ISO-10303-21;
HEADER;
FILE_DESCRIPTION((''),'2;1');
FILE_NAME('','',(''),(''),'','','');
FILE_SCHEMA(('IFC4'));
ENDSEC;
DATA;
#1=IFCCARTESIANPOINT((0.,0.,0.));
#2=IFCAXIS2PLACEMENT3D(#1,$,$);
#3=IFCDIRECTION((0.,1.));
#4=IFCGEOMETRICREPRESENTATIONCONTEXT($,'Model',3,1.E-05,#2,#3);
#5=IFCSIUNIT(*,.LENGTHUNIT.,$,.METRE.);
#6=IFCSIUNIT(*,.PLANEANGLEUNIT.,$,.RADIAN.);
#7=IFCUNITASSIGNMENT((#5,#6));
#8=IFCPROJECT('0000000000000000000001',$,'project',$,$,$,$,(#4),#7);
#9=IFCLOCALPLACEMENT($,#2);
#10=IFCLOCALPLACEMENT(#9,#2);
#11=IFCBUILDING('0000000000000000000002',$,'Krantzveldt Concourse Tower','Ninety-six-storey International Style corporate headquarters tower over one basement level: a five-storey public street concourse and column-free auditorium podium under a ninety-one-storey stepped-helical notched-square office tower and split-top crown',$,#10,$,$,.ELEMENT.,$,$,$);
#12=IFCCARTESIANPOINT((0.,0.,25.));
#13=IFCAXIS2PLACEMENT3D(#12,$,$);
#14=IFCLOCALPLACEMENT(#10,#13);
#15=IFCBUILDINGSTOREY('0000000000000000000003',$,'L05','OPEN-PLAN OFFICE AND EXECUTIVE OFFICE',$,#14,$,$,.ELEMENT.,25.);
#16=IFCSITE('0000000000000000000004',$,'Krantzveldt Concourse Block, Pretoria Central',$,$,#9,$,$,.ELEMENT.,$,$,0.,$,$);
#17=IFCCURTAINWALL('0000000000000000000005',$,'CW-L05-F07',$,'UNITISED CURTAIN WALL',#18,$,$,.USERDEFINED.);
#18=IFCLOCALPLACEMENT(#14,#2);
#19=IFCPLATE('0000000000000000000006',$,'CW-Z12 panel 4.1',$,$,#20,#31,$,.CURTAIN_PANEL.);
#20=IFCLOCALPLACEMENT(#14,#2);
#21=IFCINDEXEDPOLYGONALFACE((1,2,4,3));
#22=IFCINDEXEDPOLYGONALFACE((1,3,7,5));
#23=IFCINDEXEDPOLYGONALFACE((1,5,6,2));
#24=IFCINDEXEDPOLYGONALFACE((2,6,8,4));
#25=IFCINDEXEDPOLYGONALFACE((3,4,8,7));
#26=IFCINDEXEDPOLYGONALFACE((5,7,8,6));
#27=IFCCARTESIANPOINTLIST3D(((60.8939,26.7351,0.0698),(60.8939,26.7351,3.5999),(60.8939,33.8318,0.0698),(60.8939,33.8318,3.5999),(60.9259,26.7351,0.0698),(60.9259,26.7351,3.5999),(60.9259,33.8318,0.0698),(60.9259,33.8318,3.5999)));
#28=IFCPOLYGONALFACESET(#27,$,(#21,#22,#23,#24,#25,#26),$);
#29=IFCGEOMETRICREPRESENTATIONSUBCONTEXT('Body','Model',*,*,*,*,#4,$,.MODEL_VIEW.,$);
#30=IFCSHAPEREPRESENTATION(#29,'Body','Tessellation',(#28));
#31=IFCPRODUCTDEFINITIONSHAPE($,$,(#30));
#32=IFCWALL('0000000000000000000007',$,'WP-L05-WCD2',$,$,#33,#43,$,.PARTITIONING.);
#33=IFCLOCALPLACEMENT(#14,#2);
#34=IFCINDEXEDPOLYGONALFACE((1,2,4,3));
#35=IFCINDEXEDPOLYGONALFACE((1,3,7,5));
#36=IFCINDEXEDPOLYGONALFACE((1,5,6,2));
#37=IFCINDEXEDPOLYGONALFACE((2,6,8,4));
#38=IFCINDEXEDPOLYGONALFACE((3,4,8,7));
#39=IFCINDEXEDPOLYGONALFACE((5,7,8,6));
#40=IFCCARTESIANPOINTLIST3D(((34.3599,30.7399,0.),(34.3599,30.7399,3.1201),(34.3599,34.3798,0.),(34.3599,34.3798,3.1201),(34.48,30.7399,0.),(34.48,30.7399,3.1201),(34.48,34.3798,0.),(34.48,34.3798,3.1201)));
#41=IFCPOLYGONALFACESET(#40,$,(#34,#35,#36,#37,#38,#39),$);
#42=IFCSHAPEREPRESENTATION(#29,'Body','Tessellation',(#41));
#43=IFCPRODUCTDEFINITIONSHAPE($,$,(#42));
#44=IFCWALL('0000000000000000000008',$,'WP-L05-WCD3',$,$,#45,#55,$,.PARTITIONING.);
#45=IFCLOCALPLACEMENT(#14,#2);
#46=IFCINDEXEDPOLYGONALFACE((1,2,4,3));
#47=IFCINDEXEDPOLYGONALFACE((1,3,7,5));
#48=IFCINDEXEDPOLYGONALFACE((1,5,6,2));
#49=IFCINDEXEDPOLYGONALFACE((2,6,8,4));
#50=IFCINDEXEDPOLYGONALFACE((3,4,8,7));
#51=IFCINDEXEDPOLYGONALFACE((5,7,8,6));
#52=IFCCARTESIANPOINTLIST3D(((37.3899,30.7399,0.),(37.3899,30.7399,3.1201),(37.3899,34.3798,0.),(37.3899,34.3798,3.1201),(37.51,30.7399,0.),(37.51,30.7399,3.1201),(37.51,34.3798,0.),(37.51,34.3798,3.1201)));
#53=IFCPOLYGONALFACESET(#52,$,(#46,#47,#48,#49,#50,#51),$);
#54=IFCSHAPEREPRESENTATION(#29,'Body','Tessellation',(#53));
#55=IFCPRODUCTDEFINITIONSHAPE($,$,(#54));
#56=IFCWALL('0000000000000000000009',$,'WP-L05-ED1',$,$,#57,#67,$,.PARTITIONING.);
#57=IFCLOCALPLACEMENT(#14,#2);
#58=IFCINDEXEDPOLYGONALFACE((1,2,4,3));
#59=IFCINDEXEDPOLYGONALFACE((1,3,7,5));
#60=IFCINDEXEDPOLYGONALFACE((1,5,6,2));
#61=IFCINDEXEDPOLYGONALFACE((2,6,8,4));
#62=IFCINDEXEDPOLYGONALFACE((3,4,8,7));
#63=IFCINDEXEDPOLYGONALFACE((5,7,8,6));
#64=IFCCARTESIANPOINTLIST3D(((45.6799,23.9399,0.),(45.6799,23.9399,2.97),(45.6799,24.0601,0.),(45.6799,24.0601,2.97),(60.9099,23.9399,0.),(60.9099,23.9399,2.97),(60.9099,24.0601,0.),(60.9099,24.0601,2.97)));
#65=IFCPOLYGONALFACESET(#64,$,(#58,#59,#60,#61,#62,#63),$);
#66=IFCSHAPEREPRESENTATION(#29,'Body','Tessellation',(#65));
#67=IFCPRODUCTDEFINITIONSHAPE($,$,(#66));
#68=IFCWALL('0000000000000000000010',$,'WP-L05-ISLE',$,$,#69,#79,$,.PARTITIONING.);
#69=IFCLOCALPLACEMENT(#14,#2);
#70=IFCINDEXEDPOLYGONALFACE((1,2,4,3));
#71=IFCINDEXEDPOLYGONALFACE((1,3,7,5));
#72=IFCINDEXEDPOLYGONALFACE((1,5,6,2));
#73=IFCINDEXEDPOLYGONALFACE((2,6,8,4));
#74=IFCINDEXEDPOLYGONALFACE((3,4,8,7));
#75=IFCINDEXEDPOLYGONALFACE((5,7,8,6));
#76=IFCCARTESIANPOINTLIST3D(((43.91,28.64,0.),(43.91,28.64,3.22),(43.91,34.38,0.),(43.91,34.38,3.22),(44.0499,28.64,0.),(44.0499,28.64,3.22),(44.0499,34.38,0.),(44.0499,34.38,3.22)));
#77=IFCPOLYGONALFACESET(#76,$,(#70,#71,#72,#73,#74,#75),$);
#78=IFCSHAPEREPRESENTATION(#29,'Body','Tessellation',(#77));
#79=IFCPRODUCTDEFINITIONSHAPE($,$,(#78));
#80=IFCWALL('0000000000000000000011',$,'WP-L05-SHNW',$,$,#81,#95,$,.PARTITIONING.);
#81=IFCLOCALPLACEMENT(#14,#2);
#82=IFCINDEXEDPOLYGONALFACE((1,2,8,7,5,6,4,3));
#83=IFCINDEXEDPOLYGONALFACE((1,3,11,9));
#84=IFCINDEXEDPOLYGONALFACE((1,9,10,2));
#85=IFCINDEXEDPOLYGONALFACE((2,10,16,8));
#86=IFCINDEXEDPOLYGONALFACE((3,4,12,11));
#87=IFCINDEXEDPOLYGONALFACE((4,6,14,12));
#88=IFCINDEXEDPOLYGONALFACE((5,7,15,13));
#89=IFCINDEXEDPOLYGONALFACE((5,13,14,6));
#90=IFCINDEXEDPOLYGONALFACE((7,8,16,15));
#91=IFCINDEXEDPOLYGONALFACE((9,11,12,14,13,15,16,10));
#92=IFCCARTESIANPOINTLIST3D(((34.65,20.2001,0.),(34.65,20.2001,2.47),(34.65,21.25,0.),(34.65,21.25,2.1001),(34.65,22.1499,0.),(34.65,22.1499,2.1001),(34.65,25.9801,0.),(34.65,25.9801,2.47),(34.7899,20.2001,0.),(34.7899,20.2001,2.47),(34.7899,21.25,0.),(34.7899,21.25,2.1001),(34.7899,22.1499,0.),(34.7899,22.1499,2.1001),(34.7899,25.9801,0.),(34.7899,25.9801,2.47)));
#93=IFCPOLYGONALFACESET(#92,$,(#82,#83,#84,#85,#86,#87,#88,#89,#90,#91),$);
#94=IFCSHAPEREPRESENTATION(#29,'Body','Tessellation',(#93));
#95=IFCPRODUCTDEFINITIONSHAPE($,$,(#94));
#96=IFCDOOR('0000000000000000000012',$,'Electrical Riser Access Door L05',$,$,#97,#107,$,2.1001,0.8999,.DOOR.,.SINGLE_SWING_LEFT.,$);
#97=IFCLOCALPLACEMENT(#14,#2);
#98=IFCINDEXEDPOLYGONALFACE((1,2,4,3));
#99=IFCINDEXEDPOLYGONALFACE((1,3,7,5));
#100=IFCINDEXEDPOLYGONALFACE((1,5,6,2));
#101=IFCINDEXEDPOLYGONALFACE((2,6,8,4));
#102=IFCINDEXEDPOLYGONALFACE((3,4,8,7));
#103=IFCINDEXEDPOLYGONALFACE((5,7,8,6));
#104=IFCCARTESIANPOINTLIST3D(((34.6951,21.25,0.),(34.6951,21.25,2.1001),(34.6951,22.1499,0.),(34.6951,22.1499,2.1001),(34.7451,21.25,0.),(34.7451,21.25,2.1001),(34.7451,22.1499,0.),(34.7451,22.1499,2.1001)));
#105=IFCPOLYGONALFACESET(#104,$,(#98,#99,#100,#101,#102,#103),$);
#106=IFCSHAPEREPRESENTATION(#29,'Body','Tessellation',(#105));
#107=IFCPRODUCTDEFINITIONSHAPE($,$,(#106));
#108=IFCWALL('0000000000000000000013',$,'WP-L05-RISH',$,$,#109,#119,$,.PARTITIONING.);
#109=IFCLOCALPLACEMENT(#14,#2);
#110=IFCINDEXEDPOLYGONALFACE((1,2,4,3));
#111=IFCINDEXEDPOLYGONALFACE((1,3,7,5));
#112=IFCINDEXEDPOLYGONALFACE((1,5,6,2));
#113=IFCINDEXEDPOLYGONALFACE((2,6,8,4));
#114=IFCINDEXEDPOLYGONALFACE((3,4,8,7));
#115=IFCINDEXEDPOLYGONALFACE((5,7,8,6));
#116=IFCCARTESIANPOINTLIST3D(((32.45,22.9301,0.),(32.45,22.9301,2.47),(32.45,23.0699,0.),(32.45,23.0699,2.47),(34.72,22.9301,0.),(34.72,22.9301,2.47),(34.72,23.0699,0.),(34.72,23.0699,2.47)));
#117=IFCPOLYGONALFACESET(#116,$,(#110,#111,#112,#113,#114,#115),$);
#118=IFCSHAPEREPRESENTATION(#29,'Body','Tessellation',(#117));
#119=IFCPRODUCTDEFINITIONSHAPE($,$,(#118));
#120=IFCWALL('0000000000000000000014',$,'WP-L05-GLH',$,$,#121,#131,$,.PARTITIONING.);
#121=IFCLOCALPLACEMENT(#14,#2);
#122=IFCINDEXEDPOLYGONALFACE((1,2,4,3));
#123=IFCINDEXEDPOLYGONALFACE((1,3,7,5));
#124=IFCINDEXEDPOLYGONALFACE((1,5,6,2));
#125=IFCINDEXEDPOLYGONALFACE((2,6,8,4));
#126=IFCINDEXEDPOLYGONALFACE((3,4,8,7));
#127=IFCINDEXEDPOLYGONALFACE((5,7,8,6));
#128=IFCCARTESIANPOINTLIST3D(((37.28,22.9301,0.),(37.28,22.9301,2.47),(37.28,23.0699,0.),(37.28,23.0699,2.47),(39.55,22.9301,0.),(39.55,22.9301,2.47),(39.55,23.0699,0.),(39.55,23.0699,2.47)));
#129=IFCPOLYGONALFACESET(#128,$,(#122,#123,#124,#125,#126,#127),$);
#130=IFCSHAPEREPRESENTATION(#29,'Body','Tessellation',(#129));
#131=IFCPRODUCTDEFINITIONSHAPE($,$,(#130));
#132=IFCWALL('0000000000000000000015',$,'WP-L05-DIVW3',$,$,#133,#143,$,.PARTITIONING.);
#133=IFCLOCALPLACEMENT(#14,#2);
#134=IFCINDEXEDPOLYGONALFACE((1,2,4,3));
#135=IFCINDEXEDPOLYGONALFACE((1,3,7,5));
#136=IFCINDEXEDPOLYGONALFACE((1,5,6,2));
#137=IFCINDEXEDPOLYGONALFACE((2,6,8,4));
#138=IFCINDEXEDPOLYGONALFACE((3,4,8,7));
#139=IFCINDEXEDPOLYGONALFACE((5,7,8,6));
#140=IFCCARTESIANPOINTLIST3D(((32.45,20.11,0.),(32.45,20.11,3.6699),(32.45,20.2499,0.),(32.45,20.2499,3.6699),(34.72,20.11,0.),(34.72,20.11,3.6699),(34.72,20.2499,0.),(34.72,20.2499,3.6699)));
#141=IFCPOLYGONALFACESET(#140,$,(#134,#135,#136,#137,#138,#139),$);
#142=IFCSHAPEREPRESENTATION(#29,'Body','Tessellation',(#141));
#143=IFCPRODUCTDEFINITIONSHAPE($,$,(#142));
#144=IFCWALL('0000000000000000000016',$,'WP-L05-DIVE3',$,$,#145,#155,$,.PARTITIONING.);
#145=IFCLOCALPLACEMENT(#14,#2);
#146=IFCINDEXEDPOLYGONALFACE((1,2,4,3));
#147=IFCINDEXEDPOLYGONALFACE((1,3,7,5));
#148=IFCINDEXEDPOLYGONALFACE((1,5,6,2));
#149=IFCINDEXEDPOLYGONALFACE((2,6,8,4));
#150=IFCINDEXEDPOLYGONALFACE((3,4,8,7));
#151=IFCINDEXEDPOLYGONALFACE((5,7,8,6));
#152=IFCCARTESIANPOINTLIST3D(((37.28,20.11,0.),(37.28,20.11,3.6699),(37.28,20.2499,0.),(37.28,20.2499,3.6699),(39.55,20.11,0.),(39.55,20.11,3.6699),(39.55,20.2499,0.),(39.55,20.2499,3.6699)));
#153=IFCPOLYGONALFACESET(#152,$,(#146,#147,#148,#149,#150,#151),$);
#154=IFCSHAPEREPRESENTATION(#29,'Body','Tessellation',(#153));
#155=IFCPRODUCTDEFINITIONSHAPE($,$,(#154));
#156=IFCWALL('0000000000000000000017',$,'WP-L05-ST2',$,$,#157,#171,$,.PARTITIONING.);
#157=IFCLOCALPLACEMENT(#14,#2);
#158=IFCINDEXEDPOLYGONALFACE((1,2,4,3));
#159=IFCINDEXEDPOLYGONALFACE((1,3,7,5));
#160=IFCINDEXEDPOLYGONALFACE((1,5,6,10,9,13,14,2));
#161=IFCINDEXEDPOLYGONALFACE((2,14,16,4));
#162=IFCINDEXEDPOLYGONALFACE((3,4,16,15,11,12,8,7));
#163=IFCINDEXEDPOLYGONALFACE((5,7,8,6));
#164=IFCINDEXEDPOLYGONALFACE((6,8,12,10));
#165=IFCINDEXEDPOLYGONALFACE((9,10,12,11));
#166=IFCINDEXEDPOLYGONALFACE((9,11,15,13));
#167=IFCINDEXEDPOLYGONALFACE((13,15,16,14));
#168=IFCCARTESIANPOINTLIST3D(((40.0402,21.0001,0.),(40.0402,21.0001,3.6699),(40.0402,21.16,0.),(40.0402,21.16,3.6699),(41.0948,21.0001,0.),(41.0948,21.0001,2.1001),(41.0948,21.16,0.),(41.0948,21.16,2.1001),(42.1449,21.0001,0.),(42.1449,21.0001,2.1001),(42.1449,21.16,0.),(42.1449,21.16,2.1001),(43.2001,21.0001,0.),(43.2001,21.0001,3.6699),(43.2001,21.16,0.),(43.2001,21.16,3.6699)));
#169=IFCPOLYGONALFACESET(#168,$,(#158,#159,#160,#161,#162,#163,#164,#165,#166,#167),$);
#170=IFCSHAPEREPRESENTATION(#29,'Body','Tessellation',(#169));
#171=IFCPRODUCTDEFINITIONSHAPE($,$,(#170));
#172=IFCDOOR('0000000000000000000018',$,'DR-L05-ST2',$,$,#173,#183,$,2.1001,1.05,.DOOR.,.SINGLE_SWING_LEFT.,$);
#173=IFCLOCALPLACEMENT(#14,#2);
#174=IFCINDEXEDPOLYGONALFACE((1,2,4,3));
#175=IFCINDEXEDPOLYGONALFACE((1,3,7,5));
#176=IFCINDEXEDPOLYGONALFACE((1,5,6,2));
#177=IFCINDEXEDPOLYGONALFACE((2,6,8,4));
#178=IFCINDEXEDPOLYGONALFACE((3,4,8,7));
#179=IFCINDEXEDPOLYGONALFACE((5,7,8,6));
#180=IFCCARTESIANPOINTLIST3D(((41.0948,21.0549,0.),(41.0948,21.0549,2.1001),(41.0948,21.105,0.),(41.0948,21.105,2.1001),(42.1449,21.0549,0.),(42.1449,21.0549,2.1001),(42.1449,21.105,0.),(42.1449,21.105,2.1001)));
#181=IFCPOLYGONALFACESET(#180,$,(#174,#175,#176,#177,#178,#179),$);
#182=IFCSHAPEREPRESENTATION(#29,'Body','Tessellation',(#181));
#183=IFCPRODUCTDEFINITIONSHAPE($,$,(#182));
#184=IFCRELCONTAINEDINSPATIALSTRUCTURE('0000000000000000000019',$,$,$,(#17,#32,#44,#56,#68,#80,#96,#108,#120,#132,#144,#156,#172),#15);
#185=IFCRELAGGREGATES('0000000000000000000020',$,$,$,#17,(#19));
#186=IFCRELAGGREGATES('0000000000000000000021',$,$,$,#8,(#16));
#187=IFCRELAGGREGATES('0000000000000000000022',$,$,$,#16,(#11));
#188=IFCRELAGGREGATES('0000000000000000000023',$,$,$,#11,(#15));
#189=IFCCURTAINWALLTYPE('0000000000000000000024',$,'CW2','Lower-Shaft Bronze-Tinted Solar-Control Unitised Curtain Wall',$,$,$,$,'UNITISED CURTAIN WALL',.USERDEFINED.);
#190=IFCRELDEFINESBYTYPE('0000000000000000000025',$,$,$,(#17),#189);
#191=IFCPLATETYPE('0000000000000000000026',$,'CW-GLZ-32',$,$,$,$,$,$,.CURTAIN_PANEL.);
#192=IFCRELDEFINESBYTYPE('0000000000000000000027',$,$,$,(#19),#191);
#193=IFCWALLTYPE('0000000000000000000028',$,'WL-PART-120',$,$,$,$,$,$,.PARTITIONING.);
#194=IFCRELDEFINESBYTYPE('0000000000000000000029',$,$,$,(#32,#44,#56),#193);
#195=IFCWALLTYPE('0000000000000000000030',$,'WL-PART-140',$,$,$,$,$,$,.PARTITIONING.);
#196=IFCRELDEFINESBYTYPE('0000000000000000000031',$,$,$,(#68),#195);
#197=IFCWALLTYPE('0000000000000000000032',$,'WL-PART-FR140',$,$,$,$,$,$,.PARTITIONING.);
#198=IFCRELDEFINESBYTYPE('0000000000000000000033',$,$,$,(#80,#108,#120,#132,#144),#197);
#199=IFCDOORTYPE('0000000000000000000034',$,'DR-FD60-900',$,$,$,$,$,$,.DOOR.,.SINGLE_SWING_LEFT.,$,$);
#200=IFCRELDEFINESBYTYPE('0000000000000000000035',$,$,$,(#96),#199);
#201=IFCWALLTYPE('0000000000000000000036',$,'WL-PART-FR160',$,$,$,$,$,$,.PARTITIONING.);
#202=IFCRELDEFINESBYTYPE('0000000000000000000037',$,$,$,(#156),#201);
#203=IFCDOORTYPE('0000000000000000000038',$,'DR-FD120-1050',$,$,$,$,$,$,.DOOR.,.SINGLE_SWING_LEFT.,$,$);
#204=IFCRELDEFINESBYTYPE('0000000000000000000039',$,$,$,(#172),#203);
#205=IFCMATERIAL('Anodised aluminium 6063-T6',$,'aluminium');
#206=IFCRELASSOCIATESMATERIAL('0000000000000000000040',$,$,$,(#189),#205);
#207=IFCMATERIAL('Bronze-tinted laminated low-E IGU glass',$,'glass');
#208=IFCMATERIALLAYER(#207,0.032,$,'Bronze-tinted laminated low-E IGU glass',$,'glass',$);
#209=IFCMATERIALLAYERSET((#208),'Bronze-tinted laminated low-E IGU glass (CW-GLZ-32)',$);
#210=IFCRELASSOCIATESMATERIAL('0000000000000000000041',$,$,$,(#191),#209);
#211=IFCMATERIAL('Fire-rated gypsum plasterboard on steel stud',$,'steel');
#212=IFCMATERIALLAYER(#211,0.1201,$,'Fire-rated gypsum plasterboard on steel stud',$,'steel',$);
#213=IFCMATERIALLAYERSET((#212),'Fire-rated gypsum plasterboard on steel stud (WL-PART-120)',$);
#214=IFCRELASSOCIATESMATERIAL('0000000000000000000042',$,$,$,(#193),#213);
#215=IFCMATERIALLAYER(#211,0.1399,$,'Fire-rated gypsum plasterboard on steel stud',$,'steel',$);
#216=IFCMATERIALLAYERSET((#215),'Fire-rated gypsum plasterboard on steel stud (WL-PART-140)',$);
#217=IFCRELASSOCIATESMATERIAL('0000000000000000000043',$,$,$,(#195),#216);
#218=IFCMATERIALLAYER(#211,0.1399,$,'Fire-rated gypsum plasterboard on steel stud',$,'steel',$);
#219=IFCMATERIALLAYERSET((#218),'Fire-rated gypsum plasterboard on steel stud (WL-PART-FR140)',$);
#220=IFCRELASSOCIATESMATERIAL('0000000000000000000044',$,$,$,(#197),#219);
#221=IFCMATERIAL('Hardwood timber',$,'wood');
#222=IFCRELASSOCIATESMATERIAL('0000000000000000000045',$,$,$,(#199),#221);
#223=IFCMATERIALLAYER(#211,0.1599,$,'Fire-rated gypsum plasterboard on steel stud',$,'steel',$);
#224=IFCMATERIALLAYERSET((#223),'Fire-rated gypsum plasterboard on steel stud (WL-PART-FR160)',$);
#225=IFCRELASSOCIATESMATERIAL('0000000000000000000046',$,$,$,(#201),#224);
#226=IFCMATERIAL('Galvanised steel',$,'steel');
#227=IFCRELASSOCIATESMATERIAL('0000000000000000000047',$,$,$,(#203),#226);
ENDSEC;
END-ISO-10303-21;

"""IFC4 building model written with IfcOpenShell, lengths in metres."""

from ifc_helpers import new_model, si_unit, direction, frame, frame_2d, origin, origin_2d, place, context, subcontext, project, spatial, rectangle, extrude, source, transform, mapped, material, layer, layer_set, type_object, type_shapes, element, fill, aggregate, save


model = new_model("IFC4")

# Units and contexts
model_context = context("Model", 3, precision=1e-05, world=origin(), true_north=direction((0.0, 1.0)))
body_context = subcontext(model_context, "Body", "Model", "MODEL_VIEW")
ifc_project = project(units=[si_unit("LENGTHUNIT", "METRE"), si_unit("PLANEANGLEUNIT", "RADIAN")], contexts=[model_context])

# Site, building, storey
site_placement = place(None, origin())
site = spatial("IfcSite", under=ifc_project, at=site_placement, Name="Krantzveldt Concourse Block, Pretoria Central", CompositionType="ELEMENT", RefElevation=0.0)
building_placement = place(site_placement, origin())
building = spatial("IfcBuilding", under=site, at=building_placement, Name="Krantzveldt Concourse Tower", Description="Ninety-six-storey International Style corporate headquarters tower over one basement level: a five-storey public street concourse and column-free auditorium podium under a ninety-one-storey stepped-helical notched-square office tower and split-top crown", CompositionType="ELEMENT")
storey_placement = place(building_placement, frame((0.0, 0.0, 25.0)))
storey = spatial("IfcBuildingStorey", under=building, at=storey_placement, Name="L05", Description="OPEN-PLAN OFFICE AND EXECUTIVE OFFICE", CompositionType="ELEMENT", Elevation=25.0)

# Curtain wall, plate
ifc_material_1 = material(Name="Anodised aluminium 6063-T6", Category="aluminium")
curtain_wall_type = type_object("IfcCurtainWallType", Name="CW2", Description="Lower-Shaft Bronze-Tinted Solar-Control Unitised Curtain Wall", ElementType="UNITISED CURTAIN WALL", PredefinedType="USERDEFINED", material=ifc_material_1)
curtain_wall_placement = place(storey_placement, origin())
curtain_wall = element("IfcCurtainWall", 1, at=curtain_wall_placement, inside=storey, type_object=curtain_wall_type, Name="CW-L05-F07", ObjectType="UNITISED CURTAIN WALL", PredefinedType="USERDEFINED")
ifc_material_2 = material(Name="Bronze-tinted laminated low-E IGU glass", Category="glass")
ifc_layer_1 = layer(ifc_material_2, 0.032, Name="Bronze-tinted laminated low-E IGU glass", Category="glass")
ifc_layer_set_1 = layer_set([ifc_layer_1], Name="Bronze-tinted laminated low-E IGU glass (CW-GLZ-32)")
plate_type = type_object("IfcPlateType", Name="CW-GLZ-32", PredefinedType="CURTAIN_PANEL", material=ifc_layer_set_1)
shared_shape_1 = source(origin(), body_context, "Body", "SweptSolid", [
    extrude(rectangle(XDim=7.0967, YDim=0.032, at=origin_2d()), origin(), (0.0, 0.0, 1.0), 3.53),
])
type_shapes(plate_type, [shared_shape_1])
plate_1_placement = place(storey_placement, frame((60.9099, 30.2834, 0.0698), z_axis=(0.0, 0.0, 1.0), x_axis=(0.0, 1.0, 0.0)))
plate_1 = element("IfcPlate", 2, at=plate_1_placement, type_object=plate_type, Name="CW-Z12 panel 4.1", PredefinedType="CURTAIN_PANEL", context=body_context, shape_type="MappedRepresentation", body=[
    mapped(shared_shape_1, transform((0.0, 0.0, 0.0), x_axis=(1.0, 0.0, 0.0), y_axis=(0.0, 1.0, 0.0), z_axis=(0.0, 0.0, 1.0), scale=1.0)),
])
aggregate(curtain_wall, [plate_1])

# Walls
ifc_material_3 = material(Name="Fire-rated gypsum plasterboard on steel stud", Category="steel")
ifc_layer_2 = layer(ifc_material_3, 0.1201, Name="Fire-rated gypsum plasterboard on steel stud", Category="steel")
ifc_layer_set_2 = layer_set([ifc_layer_2], Name="Fire-rated gypsum plasterboard on steel stud (WL-PART-120)")
wall_type_1 = type_object("IfcWallType", Name="WL-PART-120", PredefinedType="PARTITIONING", material=ifc_layer_set_2)
for number, where, z_axis, x_axis, name in (
    (3, (34.4199, 30.74, 0.0), (0.0, 0.0, 1.0), (0.0, 1.0, 0.0), "WP-L05-WCD2"),
    (4, (37.45, 30.74, 0.0), (0.0, 0.0, 1.0), (0.0, 1.0, 0.0), "WP-L05-WCD3"),
):
    element("IfcWall", number, at=place(storey_placement, frame(where, z_axis=z_axis, x_axis=x_axis)), inside=storey, type_object=wall_type_1, Name=name, PredefinedType="PARTITIONING", context=body_context, shape_type="SweptSolid", body=[
        extrude(rectangle(XDim=3.6399, YDim=0.1201, at=frame_2d((1.8198, 0.0))), origin(), (0.0, 0.0, 1.0), 3.1201),
    ])
wall_1_placement = place(storey_placement, frame((45.6799, 24.0, 0.0), z_axis=(0.0, 0.0, 1.0), x_axis=(1.0, 0.0, 0.0)))
element("IfcWall", 5, at=wall_1_placement, inside=storey, type_object=wall_type_1, Name="WP-L05-ED1", PredefinedType="PARTITIONING", context=body_context, shape_type="SweptSolid", body=[
    extrude(rectangle(XDim=15.23, YDim=0.1201, at=frame_2d((7.615, 0.0))), origin(), (0.0, 0.0, 1.0), 2.97),
])
ifc_layer_3 = layer(ifc_material_3, 0.1399, Name="Fire-rated gypsum plasterboard on steel stud", Category="steel")
ifc_layer_set_3 = layer_set([ifc_layer_3], Name="Fire-rated gypsum plasterboard on steel stud (WL-PART-140)")
wall_type_2 = type_object("IfcWallType", Name="WL-PART-140", PredefinedType="PARTITIONING", material=ifc_layer_set_3)
wall_2_placement = place(storey_placement, frame((43.98, 28.6399, 0.0), z_axis=(0.0, 0.0, 1.0), x_axis=(0.0, 1.0, 0.0)))
element("IfcWall", 6, at=wall_2_placement, inside=storey, type_object=wall_type_2, Name="WP-L05-ISLE", PredefinedType="PARTITIONING", context=body_context, shape_type="SweptSolid", body=[
    extrude(rectangle(XDim=5.74, YDim=0.1399, at=frame_2d((2.8701, 0.0))), origin(), (0.0, 0.0, 1.0), 3.22),
])

# Wall, opening, door
ifc_layer_4 = layer(ifc_material_3, 0.1399, Name="Fire-rated gypsum plasterboard on steel stud", Category="steel")
ifc_layer_set_4 = layer_set([ifc_layer_4], Name="Fire-rated gypsum plasterboard on steel stud (WL-PART-FR140)")
wall_type_3 = type_object("IfcWallType", Name="WL-PART-FR140", PredefinedType="PARTITIONING", material=ifc_layer_set_4)
wall_3_placement = place(storey_placement, frame((34.72, 20.2, 0.0), z_axis=(0.0, 0.0, 1.0), x_axis=(0.0, 1.0, 0.0)))
wall_3 = element("IfcWall", 7, at=wall_3_placement, inside=storey, type_object=wall_type_3, Name="WP-L05-SHNW", PredefinedType="PARTITIONING", context=body_context, shape_type="SweptSolid", body=[
    extrude(rectangle(XDim=5.78, YDim=0.1399, at=frame_2d((2.8901, 0.0))), origin(), (0.0, 0.0, 1.0), 2.47),
])
opening_1_placement = place(wall_3_placement, frame((1.05, 0.0, 0.0)))
opening_1 = element("IfcOpeningElement", 8, at=opening_1_placement, cuts=wall_3, PredefinedType="OPENING", context=body_context, shape_type="SweptSolid", body=[
    extrude(rectangle(XDim=0.8999, YDim=2.1001, at=frame_2d((0.45, 1.05))), frame((0.0, 0.0801, 0.0), z_axis=(0.0, -1.0, 0.0), x_axis=(1.0, 0.0, 0.0)), (0.0, 0.0, 1.0), 0.1599),
])
ifc_material_4 = material(Name="Hardwood timber", Category="wood")
door_type_1 = type_object("IfcDoorType", Name="DR-FD60-900", OperationType="SINGLE_SWING_LEFT", PredefinedType="DOOR", material=ifc_material_4)
door_1_placement = place(opening_1_placement, origin())
door_1 = element("IfcDoor", 9, at=door_1_placement, inside=storey, type_object=door_type_1, Name="Electrical Riser Access Door L05", OperationType="SINGLE_SWING_LEFT", OverallHeight=2.1001, OverallWidth=0.8999, PredefinedType="DOOR", context=body_context, shape_type="SweptSolid", body=[
    extrude(rectangle(XDim=0.8999, YDim=2.1001, at=frame_2d((0.45, 1.05))), frame((0.0, 0.0249, 0.0), z_axis=(0.0, -1.0, 0.0), x_axis=(1.0, 0.0, 0.0)), (0.0, 0.0, 1.0), 0.05),
])
fill(opening_1, door_1)

# Walls
for number, where, z_axis, x_axis, name in (
    (10, (32.45, 23.0, 0.0), (0.0, 0.0, 1.0), (1.0, 0.0, 0.0), "WP-L05-RISH"),
    (11, (37.28, 23.0, 0.0), (0.0, 0.0, 1.0), (1.0, 0.0, 0.0), "WP-L05-GLH"),
):
    element("IfcWall", number, at=place(storey_placement, frame(where, z_axis=z_axis, x_axis=x_axis)), inside=storey, type_object=wall_type_3, Name=name, PredefinedType="PARTITIONING", context=body_context, shape_type="SweptSolid", body=[
        extrude(rectangle(XDim=2.27, YDim=0.1399, at=frame_2d((1.135, 0.0))), origin(), (0.0, 0.0, 1.0), 2.47),
    ])
for number, where, z_axis, x_axis, name in (
    (12, (32.45, 20.1799, 0.0), (0.0, 0.0, 1.0), (1.0, 0.0, 0.0), "WP-L05-DIVW3"),
    (13, (37.28, 20.1799, 0.0), (0.0, 0.0, 1.0), (1.0, 0.0, 0.0), "WP-L05-DIVE3"),
):
    element("IfcWall", number, at=place(storey_placement, frame(where, z_axis=z_axis, x_axis=x_axis)), inside=storey, type_object=wall_type_3, Name=name, PredefinedType="PARTITIONING", context=body_context, shape_type="SweptSolid", body=[
        extrude(rectangle(XDim=2.27, YDim=0.1399, at=frame_2d((1.135, 0.0))), origin(), (0.0, 0.0, 1.0), 3.6699),
    ])

# Wall, opening, door
ifc_layer_5 = layer(ifc_material_3, 0.1599, Name="Fire-rated gypsum plasterboard on steel stud", Category="steel")
ifc_layer_set_5 = layer_set([ifc_layer_5], Name="Fire-rated gypsum plasterboard on steel stud (WL-PART-FR160)")
wall_type_4 = type_object("IfcWallType", Name="WL-PART-FR160", PredefinedType="PARTITIONING", material=ifc_layer_set_5)
wall_4_placement = place(storey_placement, frame((40.04, 21.0801, 0.0), z_axis=(0.0, 0.0, 1.0), x_axis=(1.0, 0.0, 0.0)))
wall_4 = element("IfcWall", 14, at=wall_4_placement, inside=storey, type_object=wall_type_4, Name="WP-L05-ST2", PredefinedType="PARTITIONING", context=body_context, shape_type="SweptSolid", body=[
    extrude(rectangle(XDim=3.1599, YDim=0.1599, at=frame_2d((1.5801, 0.0))), origin(), (0.0, 0.0, 1.0), 3.6699),
])
opening_2_placement = place(wall_4_placement, frame((1.0549, 0.0, 0.0)))
opening_2 = element("IfcOpeningElement", 15, at=opening_2_placement, cuts=wall_4, PredefinedType="OPENING", context=body_context, shape_type="SweptSolid", body=[
    extrude(rectangle(XDim=1.05, YDim=2.1001, at=frame_2d((0.5249, 1.05))), frame((0.0, 0.0898, 0.0), z_axis=(0.0, -1.0, 0.0), x_axis=(1.0, 0.0, 0.0)), (0.0, 0.0, 1.0), 0.1799),
])
ifc_material_5 = material(Name="Galvanised steel", Category="steel")
door_type_2 = type_object("IfcDoorType", Name="DR-FD120-1050", OperationType="SINGLE_SWING_LEFT", PredefinedType="DOOR", material=ifc_material_5)
door_2_placement = place(opening_2_placement, origin())
door_2 = element("IfcDoor", 16, at=door_2_placement, inside=storey, type_object=door_type_2, Name="DR-L05-ST2", OperationType="SINGLE_SWING_LEFT", OverallHeight=2.1001, OverallWidth=1.05, PredefinedType="DOOR", context=body_context, shape_type="SweptSolid", body=[
    extrude(rectangle(XDim=1.05, YDim=2.1001, at=frame_2d((0.5249, 1.05))), frame((0.0, 0.0249, 0.0), z_axis=(0.0, -1.0, 0.0), x_axis=(1.0, 0.0, 0.0)), (0.0, 0.0, 1.0), 0.05),
])
fill(opening_2, door_2)

save(model, "model.ifc")
